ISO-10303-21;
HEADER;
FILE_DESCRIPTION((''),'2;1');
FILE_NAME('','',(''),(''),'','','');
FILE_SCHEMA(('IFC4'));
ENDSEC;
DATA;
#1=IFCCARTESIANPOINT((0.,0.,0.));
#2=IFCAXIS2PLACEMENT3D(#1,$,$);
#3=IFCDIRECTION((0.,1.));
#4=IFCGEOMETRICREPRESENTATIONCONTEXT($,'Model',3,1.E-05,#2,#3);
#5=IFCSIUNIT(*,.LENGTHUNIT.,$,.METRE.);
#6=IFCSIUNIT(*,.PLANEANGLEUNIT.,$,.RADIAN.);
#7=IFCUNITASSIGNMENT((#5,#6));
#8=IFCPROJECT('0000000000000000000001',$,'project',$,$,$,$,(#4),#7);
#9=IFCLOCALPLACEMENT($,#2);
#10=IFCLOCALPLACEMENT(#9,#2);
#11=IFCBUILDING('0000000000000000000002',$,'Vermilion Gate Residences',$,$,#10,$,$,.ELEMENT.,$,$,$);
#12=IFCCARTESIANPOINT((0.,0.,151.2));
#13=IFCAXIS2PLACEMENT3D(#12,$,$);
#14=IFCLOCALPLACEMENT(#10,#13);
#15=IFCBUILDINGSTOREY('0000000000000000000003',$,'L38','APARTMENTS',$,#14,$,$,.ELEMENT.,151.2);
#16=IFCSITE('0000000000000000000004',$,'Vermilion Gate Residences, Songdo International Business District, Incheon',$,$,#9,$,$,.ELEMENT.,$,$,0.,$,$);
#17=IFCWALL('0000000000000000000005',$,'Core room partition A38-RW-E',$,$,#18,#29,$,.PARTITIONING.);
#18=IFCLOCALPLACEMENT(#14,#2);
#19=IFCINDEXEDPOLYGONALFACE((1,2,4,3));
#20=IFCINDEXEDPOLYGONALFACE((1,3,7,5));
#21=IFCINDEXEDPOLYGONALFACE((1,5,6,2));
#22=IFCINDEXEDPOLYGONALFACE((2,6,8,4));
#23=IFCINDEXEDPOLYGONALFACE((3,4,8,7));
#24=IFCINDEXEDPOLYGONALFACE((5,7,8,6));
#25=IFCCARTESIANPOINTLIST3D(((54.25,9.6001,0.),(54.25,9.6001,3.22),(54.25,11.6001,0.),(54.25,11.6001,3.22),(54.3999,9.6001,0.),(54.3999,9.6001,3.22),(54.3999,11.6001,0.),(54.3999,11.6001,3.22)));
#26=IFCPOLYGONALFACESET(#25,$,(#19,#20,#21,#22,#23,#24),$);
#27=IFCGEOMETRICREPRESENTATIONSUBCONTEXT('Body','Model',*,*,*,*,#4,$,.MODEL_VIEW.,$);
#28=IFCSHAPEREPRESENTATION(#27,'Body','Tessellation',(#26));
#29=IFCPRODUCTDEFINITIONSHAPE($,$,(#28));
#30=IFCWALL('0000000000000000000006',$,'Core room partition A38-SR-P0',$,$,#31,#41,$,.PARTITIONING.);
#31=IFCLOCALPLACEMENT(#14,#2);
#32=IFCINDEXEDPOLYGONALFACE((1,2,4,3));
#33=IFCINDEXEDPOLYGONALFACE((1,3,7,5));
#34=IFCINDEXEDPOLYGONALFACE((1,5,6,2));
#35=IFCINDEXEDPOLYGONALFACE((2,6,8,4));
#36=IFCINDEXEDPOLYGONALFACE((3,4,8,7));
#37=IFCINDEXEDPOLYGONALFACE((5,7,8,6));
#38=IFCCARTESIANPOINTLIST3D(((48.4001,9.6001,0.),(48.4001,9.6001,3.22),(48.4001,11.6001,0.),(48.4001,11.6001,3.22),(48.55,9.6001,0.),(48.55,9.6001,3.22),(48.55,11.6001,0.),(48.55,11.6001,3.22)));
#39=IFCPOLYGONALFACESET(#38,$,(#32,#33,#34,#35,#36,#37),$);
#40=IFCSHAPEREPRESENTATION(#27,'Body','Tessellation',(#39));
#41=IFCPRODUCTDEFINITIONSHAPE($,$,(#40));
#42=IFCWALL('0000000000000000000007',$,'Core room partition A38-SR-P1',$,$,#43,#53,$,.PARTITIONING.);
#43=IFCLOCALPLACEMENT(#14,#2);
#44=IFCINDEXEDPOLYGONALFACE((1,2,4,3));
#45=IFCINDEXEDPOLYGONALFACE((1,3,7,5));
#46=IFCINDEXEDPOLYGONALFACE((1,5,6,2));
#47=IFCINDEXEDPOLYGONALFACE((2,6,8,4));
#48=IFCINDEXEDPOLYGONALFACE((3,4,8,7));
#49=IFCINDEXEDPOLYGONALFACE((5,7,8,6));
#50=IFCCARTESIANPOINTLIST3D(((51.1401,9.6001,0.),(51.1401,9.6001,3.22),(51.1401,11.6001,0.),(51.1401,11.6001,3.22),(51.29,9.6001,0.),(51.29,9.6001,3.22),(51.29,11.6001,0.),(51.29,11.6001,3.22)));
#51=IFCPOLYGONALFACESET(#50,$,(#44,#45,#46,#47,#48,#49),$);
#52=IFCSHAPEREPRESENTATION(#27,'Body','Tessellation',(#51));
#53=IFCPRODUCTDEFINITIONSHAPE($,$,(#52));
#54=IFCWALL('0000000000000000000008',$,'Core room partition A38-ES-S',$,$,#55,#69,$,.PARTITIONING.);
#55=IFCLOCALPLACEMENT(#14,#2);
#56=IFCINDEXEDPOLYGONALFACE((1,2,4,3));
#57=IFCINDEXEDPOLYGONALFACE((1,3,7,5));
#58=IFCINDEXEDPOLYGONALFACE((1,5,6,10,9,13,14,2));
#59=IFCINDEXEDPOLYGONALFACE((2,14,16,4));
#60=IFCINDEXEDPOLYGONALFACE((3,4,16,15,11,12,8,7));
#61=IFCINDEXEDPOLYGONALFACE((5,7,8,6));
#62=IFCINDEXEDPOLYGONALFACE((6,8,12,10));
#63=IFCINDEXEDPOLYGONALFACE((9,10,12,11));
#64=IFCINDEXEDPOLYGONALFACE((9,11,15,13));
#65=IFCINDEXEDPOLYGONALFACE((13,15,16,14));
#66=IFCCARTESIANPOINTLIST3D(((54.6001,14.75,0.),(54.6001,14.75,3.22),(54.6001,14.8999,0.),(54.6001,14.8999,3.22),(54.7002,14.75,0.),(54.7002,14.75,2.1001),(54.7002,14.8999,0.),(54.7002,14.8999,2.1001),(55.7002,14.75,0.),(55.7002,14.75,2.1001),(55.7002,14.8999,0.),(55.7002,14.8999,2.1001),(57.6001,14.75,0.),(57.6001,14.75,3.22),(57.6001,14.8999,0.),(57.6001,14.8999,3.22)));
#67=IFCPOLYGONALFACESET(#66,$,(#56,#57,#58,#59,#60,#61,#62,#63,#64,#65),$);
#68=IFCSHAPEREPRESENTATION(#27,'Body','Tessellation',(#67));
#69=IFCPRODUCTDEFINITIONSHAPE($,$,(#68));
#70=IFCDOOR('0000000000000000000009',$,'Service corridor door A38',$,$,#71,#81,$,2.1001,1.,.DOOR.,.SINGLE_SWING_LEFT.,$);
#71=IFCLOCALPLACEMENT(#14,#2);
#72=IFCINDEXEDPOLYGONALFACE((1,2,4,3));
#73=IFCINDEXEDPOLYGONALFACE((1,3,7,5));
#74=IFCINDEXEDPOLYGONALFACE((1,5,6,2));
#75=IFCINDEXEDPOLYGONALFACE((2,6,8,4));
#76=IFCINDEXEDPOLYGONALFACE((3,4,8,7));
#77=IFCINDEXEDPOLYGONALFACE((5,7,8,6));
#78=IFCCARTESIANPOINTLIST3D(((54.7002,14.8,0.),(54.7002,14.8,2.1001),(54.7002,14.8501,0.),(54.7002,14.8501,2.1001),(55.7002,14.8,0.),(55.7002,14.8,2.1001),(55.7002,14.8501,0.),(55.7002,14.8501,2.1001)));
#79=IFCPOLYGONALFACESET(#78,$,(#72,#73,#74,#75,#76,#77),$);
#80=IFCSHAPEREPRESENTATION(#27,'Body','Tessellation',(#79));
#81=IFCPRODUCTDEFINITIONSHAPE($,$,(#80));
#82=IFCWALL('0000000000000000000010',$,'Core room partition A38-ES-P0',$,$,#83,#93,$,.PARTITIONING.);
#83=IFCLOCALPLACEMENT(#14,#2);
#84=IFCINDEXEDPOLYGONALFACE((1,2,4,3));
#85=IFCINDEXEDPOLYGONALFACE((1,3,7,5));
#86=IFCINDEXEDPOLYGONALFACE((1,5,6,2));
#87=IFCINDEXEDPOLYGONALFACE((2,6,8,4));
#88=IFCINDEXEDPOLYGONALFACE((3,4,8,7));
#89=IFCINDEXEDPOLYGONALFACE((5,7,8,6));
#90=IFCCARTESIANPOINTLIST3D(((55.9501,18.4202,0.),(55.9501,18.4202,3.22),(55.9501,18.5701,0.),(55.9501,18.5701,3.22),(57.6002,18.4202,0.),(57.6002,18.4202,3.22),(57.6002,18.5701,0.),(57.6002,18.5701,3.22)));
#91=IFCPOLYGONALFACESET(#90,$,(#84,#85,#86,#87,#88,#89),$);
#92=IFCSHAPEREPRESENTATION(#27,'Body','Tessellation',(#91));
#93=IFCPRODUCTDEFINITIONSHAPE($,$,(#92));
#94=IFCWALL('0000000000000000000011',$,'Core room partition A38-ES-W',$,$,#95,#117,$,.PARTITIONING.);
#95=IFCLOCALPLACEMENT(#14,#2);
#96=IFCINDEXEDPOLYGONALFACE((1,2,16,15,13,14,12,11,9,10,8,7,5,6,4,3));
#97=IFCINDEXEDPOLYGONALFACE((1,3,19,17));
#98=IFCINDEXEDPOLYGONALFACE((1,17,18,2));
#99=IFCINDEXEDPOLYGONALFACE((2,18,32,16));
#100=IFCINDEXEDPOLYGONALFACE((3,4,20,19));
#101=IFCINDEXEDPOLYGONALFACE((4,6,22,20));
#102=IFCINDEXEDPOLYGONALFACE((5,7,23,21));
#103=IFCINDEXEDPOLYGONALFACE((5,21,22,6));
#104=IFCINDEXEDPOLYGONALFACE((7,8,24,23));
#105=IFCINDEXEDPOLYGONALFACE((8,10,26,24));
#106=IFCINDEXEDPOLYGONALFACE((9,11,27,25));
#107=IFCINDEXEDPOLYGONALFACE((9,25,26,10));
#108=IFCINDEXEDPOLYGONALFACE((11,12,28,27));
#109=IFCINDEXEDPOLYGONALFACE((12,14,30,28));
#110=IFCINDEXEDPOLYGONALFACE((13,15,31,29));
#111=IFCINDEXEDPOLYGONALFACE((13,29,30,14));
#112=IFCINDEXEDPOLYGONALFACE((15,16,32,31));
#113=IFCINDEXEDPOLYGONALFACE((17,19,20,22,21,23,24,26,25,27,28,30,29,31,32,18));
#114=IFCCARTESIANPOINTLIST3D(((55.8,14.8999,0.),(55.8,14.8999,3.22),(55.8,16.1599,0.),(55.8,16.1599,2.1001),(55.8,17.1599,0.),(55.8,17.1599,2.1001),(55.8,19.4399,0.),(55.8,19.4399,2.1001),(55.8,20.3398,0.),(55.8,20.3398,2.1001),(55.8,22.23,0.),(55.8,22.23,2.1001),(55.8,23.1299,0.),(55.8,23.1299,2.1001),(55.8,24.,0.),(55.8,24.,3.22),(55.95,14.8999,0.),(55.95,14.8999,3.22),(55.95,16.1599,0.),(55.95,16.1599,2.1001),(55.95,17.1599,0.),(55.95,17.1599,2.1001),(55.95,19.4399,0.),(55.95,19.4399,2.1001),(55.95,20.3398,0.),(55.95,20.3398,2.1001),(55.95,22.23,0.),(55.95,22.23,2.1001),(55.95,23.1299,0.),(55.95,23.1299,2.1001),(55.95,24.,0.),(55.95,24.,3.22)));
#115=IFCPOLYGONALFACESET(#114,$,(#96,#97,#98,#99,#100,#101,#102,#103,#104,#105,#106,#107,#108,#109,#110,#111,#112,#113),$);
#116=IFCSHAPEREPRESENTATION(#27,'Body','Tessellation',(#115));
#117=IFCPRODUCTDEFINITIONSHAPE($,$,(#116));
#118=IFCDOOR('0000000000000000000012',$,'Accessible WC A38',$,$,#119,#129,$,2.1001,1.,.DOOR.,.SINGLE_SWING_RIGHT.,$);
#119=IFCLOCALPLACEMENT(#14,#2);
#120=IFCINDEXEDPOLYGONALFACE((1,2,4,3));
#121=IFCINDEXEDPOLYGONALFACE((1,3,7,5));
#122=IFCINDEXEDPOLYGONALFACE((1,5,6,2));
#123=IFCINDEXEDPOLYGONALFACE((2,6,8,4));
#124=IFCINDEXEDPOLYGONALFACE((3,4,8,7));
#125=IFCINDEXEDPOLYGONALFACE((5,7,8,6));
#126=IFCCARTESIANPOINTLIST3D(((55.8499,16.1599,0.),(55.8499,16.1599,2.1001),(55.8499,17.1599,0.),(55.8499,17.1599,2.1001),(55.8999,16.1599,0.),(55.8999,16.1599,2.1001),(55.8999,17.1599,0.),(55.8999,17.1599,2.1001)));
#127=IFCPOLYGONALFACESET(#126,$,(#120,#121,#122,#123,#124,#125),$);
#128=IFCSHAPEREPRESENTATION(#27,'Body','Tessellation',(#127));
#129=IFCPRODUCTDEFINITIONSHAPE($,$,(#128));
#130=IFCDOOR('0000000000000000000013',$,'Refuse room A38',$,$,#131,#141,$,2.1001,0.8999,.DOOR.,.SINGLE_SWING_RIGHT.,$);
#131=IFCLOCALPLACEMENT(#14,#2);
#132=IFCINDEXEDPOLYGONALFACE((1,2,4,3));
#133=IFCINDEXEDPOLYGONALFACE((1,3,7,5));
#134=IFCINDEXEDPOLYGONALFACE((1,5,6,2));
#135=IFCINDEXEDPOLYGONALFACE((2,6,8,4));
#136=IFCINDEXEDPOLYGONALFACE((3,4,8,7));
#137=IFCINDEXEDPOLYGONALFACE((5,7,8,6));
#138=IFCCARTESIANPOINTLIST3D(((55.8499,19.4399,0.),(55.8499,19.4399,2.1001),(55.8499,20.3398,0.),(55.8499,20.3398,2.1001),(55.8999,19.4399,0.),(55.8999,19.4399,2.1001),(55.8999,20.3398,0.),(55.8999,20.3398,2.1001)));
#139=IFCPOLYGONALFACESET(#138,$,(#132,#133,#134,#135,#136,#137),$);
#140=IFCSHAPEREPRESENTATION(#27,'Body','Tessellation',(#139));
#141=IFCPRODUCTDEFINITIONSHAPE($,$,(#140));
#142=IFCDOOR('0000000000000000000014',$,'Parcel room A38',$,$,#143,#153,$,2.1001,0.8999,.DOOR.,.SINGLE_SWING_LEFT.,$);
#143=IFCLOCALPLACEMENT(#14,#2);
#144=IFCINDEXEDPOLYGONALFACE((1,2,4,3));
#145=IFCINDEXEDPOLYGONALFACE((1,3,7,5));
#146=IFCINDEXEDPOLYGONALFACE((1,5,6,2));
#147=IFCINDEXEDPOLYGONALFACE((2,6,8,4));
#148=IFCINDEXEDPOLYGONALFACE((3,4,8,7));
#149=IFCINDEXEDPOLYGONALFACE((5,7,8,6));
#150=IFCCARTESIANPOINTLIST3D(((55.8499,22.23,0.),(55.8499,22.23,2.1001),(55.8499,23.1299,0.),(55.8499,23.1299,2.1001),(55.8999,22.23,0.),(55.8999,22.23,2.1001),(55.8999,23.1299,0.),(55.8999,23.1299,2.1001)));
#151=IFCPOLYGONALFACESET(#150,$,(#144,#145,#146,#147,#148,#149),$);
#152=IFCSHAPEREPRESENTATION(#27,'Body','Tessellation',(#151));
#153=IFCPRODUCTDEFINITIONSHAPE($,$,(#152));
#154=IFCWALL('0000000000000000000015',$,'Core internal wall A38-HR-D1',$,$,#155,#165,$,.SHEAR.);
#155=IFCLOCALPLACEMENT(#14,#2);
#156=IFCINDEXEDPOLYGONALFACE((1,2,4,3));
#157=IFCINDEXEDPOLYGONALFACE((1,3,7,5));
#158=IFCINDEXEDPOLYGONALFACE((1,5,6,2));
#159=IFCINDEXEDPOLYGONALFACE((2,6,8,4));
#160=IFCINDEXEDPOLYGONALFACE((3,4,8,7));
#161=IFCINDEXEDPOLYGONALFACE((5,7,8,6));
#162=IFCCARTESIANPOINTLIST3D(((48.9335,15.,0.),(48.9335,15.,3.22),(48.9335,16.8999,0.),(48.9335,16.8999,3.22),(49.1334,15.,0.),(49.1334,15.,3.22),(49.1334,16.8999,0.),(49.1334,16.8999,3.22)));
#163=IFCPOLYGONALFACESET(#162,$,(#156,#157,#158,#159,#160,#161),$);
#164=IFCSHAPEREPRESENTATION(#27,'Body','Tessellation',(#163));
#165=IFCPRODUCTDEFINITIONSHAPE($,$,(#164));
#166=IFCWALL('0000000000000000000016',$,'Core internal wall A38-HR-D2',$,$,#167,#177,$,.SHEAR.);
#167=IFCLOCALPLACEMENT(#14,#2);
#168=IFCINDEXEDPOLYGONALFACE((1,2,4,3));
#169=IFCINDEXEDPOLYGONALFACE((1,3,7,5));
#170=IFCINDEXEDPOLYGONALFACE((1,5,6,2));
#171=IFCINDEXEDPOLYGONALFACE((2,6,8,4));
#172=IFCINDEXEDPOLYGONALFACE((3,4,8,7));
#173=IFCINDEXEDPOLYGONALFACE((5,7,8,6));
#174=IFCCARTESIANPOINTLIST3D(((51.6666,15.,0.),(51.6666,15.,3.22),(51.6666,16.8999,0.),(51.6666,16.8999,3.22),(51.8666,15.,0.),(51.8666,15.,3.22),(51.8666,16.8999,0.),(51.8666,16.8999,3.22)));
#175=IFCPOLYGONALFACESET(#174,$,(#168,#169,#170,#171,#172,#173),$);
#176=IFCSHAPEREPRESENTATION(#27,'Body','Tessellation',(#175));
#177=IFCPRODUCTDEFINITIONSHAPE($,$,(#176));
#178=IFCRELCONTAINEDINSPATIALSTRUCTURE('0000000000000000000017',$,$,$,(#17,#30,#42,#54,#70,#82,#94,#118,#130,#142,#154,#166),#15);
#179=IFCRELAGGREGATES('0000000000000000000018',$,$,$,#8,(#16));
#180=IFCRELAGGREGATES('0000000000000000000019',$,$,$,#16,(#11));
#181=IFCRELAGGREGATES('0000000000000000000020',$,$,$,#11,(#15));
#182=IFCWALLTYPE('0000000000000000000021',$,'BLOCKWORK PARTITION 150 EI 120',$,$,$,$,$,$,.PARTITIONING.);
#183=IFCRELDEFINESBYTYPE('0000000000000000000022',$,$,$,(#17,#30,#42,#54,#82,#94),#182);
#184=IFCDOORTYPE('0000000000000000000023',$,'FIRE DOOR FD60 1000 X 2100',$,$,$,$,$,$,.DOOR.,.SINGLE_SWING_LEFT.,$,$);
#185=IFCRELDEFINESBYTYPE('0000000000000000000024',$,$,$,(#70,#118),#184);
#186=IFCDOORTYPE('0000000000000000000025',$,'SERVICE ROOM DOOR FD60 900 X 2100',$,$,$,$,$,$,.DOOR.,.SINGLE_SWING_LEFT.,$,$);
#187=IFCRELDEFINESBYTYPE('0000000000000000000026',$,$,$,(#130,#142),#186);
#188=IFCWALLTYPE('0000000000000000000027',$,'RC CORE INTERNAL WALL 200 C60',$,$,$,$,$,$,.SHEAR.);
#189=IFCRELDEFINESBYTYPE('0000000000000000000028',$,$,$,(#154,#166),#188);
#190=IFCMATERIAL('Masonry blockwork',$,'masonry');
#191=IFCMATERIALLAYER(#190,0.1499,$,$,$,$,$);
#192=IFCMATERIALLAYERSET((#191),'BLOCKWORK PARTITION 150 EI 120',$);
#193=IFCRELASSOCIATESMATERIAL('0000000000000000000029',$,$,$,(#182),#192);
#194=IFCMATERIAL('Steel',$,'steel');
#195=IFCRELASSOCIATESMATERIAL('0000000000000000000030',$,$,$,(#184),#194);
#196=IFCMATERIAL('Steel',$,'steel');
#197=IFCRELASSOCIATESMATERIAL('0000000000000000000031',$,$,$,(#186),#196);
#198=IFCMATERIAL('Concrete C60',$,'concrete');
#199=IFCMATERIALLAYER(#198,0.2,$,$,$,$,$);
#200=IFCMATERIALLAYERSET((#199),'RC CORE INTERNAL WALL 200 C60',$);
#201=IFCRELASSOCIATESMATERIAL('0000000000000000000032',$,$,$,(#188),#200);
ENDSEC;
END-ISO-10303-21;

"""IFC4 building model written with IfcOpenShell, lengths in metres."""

from ifc_helpers import new_model, si_unit, direction, frame, frame_2d, origin, place, context, subcontext, project, spatial, rectangle, extrude, material, layer, layer_set, type_object, element, fill, save


model = new_model("IFC4")

# Units and contexts
model_context = context("Model", 3, precision=1e-05, world=origin(), true_north=direction((0.0, 1.0)))
body_context = subcontext(model_context, "Body", "Model", "MODEL_VIEW")
ifc_project = project(units=[si_unit("LENGTHUNIT", "METRE"), si_unit("PLANEANGLEUNIT", "RADIAN")], contexts=[model_context])

# Site, building, storey
site_placement = place(None, origin())
site = spatial("IfcSite", under=ifc_project, at=site_placement, Name="Vermilion Gate Residences, Songdo International Business District, Incheon", CompositionType="ELEMENT", RefElevation=0.0)
building_placement = place(site_placement, origin())
building = spatial("IfcBuilding", under=site, at=building_placement, Name="Vermilion Gate Residences", CompositionType="ELEMENT")
storey_placement = place(building_placement, frame((0.0, 0.0, 151.2)))
storey = spatial("IfcBuildingStorey", under=building, at=storey_placement, Name="L38", Description="APARTMENTS", CompositionType="ELEMENT", Elevation=151.2)

# Walls
ifc_material_1 = material(Name="Masonry blockwork", Category="masonry")
ifc_layer_1 = layer(ifc_material_1, 0.1499)
ifc_layer_set_1 = layer_set([ifc_layer_1], Name="BLOCKWORK PARTITION 150 EI 120")
wall_type_1 = type_object("IfcWallType", Name="BLOCKWORK PARTITION 150 EI 120", PredefinedType="PARTITIONING", material=ifc_layer_set_1)
for number, where, z_axis, x_axis, name in (
    (1, (54.325, 9.6001, 0.0), (0.0, 0.0, 1.0), (0.0, 1.0, 0.0), "Core room partition A38-RW-E"),
    (2, (48.4751, 9.6001, 0.0), (0.0, 0.0, 1.0), (0.0, 1.0, 0.0), "Core room partition A38-SR-P0"),
    (3, (51.2151, 9.6001, 0.0), (0.0, 0.0, 1.0), (0.0, 1.0, 0.0), "Core room partition A38-SR-P1"),
):
    element("IfcWall", number, at=place(storey_placement, frame(where, z_axis=z_axis, x_axis=x_axis)), inside=storey, type_object=wall_type_1, Name=name, PredefinedType="PARTITIONING", context=body_context, shape_type="SweptSolid", body=[
        extrude(rectangle(XDim=2.0, YDim=0.1499, at=frame_2d((1.0, 0.0))), origin(), (0.0, 0.0, 1.0), 3.22),
    ])

# Wall, opening, door
wall_1_placement = place(storey_placement, frame((54.6001, 14.825, 0.0), z_axis=(0.0, 0.0, 1.0), x_axis=(1.0, 0.0, 0.0)))
wall_1 = element("IfcWall", 4, at=wall_1_placement, inside=storey, type_object=wall_type_1, Name="Core room partition A38-ES-S", PredefinedType="PARTITIONING", context=body_context, shape_type="SweptSolid", body=[
    extrude(rectangle(XDim=3.0, YDim=0.1499, at=frame_2d((1.5, 0.0))), origin(), (0.0, 0.0, 1.0), 3.22),
])
opening_1_placement = place(wall_1_placement, frame((0.1001, 0.0, 0.0)))
opening_1 = element("IfcOpeningElement", 5, at=opening_1_placement, cuts=wall_1, PredefinedType="OPENING", context=body_context, shape_type="SweptSolid", body=[
    extrude(rectangle(XDim=1.0, YDim=2.1001, at=frame_2d((0.5, 1.05))), frame((0.0, 0.085, 0.0), z_axis=(0.0, -1.0, 0.0), x_axis=(1.0, 0.0, 0.0)), (0.0, 0.0, 1.0), 0.1699),
])
ifc_material_2 = material(Name="Steel", Category="steel")
door_type_1 = type_object("IfcDoorType", Name="FIRE DOOR FD60 1000 X 2100", OperationType="SINGLE_SWING_LEFT", PredefinedType="DOOR", material=ifc_material_2)
door_1_placement = place(opening_1_placement, frame((1.0, 0.0, 0.0), z_axis=(0.0, 0.0, 1.0), x_axis=(-1.0, 0.0, 0.0)))
door_1 = element("IfcDoor", 6, at=door_1_placement, inside=storey, type_object=door_type_1, Name="Service corridor door A38", OperationType="SINGLE_SWING_LEFT", OverallHeight=2.1001, OverallWidth=1.0, PredefinedType="DOOR", context=body_context, shape_type="SweptSolid", body=[
    extrude(rectangle(XDim=1.0, YDim=2.1001, at=frame_2d((0.5, 1.05))), frame((0.0, 0.0249, 0.0), z_axis=(0.0, -1.0, 0.0), x_axis=(1.0, 0.0, 0.0)), (0.0, 0.0, 1.0), 0.05),
])
fill(opening_1, door_1)

# Wall
wall_2_placement = place(storey_placement, frame((55.95, 18.4951, 0.0), z_axis=(0.0, 0.0, 1.0), x_axis=(1.0, 0.0, 0.0)))
element("IfcWall", 7, at=wall_2_placement, inside=storey, type_object=wall_type_1, Name="Core room partition A38-ES-P0", PredefinedType="PARTITIONING", context=body_context, shape_type="SweptSolid", body=[
    extrude(rectangle(XDim=1.6501, YDim=0.1499, at=frame_2d((0.8252, 0.0))), origin(), (0.0, 0.0, 1.0), 3.22),
])

# Wall, openings, doors
wall_3_placement = place(storey_placement, frame((55.875, 14.8999, 0.0), z_axis=(0.0, 0.0, 1.0), x_axis=(0.0, 1.0, 0.0)))
wall_3 = element("IfcWall", 8, at=wall_3_placement, inside=storey, type_object=wall_type_1, Name="Core room partition A38-ES-W", PredefinedType="PARTITIONING", context=body_context, shape_type="SweptSolid", body=[
    extrude(rectangle(XDim=9.1001, YDim=0.1499, at=frame_2d((4.55, 0.0))), origin(), (0.0, 0.0, 1.0), 3.22),
])
opening_2_placement = place(wall_3_placement, frame((1.26, 0.0, 0.0)))
opening_2 = element("IfcOpeningElement", 9, at=opening_2_placement, cuts=wall_3, PredefinedType="OPENING", context=body_context, shape_type="SweptSolid", body=[
    extrude(rectangle(XDim=1.0, YDim=2.1001, at=frame_2d((0.5, 1.05))), frame((0.0, 0.085, 0.0), z_axis=(0.0, -1.0, 0.0), x_axis=(1.0, 0.0, 0.0)), (0.0, 0.0, 1.0), 0.1699),
])
opening_3_placement = place(wall_3_placement, frame((4.54, 0.0, 0.0)))
opening_3 = element("IfcOpeningElement", 10, at=opening_3_placement, cuts=wall_3, PredefinedType="OPENING", context=body_context, shape_type="SweptSolid", body=[
    extrude(rectangle(XDim=0.8999, YDim=2.1001, at=frame_2d((0.45, 1.05))), frame((0.0, 0.085, 0.0), z_axis=(0.0, -1.0, 0.0), x_axis=(1.0, 0.0, 0.0)), (0.0, 0.0, 1.0), 0.1699),
])
opening_4_placement = place(wall_3_placement, frame((7.3301, 0.0, 0.0)))
opening_4 = element("IfcOpeningElement", 11, at=opening_4_placement, cuts=wall_3, PredefinedType="OPENING", context=body_context, shape_type="SweptSolid", body=[
    extrude(rectangle(XDim=0.8999, YDim=2.1001, at=frame_2d((0.45, 1.05))), frame((0.0, 0.085, 0.0), z_axis=(0.0, -1.0, 0.0), x_axis=(1.0, 0.0, 0.0)), (0.0, 0.0, 1.0), 0.1699),
])
door_2_placement = place(opening_2_placement, frame((1.0, 0.0, 0.0), z_axis=(0.0, 0.0, 1.0), x_axis=(-1.0, 0.0, 0.0)))
door_2 = element("IfcDoor", 12, at=door_2_placement, inside=storey, type_object=door_type_1, Name="Accessible WC A38", OperationType="SINGLE_SWING_RIGHT", OverallHeight=2.1001, OverallWidth=1.0, PredefinedType="DOOR", context=body_context, shape_type="SweptSolid", body=[
    extrude(rectangle(XDim=1.0, YDim=2.1001, at=frame_2d((0.5, 1.05))), frame((0.0, 0.0249, 0.0), z_axis=(0.0, -1.0, 0.0), x_axis=(1.0, 0.0, 0.0)), (0.0, 0.0, 1.0), 0.05),
])
fill(opening_2, door_2)
ifc_material_3 = material(Name="Steel", Category="steel")
door_type_2 = type_object("IfcDoorType", Name="SERVICE ROOM DOOR FD60 900 X 2100", OperationType="SINGLE_SWING_LEFT", PredefinedType="DOOR", material=ifc_material_3)
door_3_placement = place(opening_3_placement, frame((0.8999, 0.0, 0.0), z_axis=(0.0, 0.0, 1.0), x_axis=(-1.0, 0.0, 0.0)))
door_3 = element("IfcDoor", 13, at=door_3_placement, inside=storey, type_object=door_type_2, Name="Refuse room A38", OperationType="SINGLE_SWING_RIGHT", OverallHeight=2.1001, OverallWidth=0.8999, PredefinedType="DOOR", context=body_context, shape_type="SweptSolid", body=[
    extrude(rectangle(XDim=0.8999, YDim=2.1001, at=frame_2d((0.45, 1.05))), frame((0.0, 0.0249, 0.0), z_axis=(0.0, -1.0, 0.0), x_axis=(1.0, 0.0, 0.0)), (0.0, 0.0, 1.0), 0.05),
])
fill(opening_3, door_3)
door_4_placement = place(opening_4_placement, frame((0.8999, 0.0, 0.0), z_axis=(0.0, 0.0, 1.0), x_axis=(-1.0, 0.0, 0.0)))
door_4 = element("IfcDoor", 14, at=door_4_placement, inside=storey, type_object=door_type_2, Name="Parcel room A38", OperationType="SINGLE_SWING_LEFT", OverallHeight=2.1001, OverallWidth=0.8999, PredefinedType="DOOR", context=body_context, shape_type="SweptSolid", body=[
    extrude(rectangle(XDim=0.8999, YDim=2.1001, at=frame_2d((0.45, 1.05))), frame((0.0, 0.0249, 0.0), z_axis=(0.0, -1.0, 0.0), x_axis=(1.0, 0.0, 0.0)), (0.0, 0.0, 1.0), 0.05),
])
fill(opening_4, door_4)

# Walls
ifc_material_4 = material(Name="Concrete C60", Category="concrete")
ifc_layer_2 = layer(ifc_material_4, 0.2)
ifc_layer_set_2 = layer_set([ifc_layer_2], Name="RC CORE INTERNAL WALL 200 C60")
wall_type_2 = type_object("IfcWallType", Name="RC CORE INTERNAL WALL 200 C60", PredefinedType="SHEAR", material=ifc_layer_set_2)
for number, where, z_axis, x_axis, name in (
    (15, (49.0334, 15.0, 0.0), (0.0, 0.0, 1.0), (0.0, 1.0, 0.0), "Core internal wall A38-HR-D1"),
    (16, (51.7666, 15.0, 0.0), (0.0, 0.0, 1.0), (0.0, 1.0, 0.0), "Core internal wall A38-HR-D2"),
):
    element("IfcWall", number, at=place(storey_placement, frame(where, z_axis=z_axis, x_axis=x_axis)), inside=storey, type_object=wall_type_2, Name=name, PredefinedType="SHEAR", context=body_context, shape_type="SweptSolid", body=[
        extrude(rectangle(XDim=1.8999, YDim=0.2, at=frame_2d((0.95, 0.0))), origin(), (0.0, 0.0, 1.0), 3.22),
    ])

save(model, "model.ifc")
